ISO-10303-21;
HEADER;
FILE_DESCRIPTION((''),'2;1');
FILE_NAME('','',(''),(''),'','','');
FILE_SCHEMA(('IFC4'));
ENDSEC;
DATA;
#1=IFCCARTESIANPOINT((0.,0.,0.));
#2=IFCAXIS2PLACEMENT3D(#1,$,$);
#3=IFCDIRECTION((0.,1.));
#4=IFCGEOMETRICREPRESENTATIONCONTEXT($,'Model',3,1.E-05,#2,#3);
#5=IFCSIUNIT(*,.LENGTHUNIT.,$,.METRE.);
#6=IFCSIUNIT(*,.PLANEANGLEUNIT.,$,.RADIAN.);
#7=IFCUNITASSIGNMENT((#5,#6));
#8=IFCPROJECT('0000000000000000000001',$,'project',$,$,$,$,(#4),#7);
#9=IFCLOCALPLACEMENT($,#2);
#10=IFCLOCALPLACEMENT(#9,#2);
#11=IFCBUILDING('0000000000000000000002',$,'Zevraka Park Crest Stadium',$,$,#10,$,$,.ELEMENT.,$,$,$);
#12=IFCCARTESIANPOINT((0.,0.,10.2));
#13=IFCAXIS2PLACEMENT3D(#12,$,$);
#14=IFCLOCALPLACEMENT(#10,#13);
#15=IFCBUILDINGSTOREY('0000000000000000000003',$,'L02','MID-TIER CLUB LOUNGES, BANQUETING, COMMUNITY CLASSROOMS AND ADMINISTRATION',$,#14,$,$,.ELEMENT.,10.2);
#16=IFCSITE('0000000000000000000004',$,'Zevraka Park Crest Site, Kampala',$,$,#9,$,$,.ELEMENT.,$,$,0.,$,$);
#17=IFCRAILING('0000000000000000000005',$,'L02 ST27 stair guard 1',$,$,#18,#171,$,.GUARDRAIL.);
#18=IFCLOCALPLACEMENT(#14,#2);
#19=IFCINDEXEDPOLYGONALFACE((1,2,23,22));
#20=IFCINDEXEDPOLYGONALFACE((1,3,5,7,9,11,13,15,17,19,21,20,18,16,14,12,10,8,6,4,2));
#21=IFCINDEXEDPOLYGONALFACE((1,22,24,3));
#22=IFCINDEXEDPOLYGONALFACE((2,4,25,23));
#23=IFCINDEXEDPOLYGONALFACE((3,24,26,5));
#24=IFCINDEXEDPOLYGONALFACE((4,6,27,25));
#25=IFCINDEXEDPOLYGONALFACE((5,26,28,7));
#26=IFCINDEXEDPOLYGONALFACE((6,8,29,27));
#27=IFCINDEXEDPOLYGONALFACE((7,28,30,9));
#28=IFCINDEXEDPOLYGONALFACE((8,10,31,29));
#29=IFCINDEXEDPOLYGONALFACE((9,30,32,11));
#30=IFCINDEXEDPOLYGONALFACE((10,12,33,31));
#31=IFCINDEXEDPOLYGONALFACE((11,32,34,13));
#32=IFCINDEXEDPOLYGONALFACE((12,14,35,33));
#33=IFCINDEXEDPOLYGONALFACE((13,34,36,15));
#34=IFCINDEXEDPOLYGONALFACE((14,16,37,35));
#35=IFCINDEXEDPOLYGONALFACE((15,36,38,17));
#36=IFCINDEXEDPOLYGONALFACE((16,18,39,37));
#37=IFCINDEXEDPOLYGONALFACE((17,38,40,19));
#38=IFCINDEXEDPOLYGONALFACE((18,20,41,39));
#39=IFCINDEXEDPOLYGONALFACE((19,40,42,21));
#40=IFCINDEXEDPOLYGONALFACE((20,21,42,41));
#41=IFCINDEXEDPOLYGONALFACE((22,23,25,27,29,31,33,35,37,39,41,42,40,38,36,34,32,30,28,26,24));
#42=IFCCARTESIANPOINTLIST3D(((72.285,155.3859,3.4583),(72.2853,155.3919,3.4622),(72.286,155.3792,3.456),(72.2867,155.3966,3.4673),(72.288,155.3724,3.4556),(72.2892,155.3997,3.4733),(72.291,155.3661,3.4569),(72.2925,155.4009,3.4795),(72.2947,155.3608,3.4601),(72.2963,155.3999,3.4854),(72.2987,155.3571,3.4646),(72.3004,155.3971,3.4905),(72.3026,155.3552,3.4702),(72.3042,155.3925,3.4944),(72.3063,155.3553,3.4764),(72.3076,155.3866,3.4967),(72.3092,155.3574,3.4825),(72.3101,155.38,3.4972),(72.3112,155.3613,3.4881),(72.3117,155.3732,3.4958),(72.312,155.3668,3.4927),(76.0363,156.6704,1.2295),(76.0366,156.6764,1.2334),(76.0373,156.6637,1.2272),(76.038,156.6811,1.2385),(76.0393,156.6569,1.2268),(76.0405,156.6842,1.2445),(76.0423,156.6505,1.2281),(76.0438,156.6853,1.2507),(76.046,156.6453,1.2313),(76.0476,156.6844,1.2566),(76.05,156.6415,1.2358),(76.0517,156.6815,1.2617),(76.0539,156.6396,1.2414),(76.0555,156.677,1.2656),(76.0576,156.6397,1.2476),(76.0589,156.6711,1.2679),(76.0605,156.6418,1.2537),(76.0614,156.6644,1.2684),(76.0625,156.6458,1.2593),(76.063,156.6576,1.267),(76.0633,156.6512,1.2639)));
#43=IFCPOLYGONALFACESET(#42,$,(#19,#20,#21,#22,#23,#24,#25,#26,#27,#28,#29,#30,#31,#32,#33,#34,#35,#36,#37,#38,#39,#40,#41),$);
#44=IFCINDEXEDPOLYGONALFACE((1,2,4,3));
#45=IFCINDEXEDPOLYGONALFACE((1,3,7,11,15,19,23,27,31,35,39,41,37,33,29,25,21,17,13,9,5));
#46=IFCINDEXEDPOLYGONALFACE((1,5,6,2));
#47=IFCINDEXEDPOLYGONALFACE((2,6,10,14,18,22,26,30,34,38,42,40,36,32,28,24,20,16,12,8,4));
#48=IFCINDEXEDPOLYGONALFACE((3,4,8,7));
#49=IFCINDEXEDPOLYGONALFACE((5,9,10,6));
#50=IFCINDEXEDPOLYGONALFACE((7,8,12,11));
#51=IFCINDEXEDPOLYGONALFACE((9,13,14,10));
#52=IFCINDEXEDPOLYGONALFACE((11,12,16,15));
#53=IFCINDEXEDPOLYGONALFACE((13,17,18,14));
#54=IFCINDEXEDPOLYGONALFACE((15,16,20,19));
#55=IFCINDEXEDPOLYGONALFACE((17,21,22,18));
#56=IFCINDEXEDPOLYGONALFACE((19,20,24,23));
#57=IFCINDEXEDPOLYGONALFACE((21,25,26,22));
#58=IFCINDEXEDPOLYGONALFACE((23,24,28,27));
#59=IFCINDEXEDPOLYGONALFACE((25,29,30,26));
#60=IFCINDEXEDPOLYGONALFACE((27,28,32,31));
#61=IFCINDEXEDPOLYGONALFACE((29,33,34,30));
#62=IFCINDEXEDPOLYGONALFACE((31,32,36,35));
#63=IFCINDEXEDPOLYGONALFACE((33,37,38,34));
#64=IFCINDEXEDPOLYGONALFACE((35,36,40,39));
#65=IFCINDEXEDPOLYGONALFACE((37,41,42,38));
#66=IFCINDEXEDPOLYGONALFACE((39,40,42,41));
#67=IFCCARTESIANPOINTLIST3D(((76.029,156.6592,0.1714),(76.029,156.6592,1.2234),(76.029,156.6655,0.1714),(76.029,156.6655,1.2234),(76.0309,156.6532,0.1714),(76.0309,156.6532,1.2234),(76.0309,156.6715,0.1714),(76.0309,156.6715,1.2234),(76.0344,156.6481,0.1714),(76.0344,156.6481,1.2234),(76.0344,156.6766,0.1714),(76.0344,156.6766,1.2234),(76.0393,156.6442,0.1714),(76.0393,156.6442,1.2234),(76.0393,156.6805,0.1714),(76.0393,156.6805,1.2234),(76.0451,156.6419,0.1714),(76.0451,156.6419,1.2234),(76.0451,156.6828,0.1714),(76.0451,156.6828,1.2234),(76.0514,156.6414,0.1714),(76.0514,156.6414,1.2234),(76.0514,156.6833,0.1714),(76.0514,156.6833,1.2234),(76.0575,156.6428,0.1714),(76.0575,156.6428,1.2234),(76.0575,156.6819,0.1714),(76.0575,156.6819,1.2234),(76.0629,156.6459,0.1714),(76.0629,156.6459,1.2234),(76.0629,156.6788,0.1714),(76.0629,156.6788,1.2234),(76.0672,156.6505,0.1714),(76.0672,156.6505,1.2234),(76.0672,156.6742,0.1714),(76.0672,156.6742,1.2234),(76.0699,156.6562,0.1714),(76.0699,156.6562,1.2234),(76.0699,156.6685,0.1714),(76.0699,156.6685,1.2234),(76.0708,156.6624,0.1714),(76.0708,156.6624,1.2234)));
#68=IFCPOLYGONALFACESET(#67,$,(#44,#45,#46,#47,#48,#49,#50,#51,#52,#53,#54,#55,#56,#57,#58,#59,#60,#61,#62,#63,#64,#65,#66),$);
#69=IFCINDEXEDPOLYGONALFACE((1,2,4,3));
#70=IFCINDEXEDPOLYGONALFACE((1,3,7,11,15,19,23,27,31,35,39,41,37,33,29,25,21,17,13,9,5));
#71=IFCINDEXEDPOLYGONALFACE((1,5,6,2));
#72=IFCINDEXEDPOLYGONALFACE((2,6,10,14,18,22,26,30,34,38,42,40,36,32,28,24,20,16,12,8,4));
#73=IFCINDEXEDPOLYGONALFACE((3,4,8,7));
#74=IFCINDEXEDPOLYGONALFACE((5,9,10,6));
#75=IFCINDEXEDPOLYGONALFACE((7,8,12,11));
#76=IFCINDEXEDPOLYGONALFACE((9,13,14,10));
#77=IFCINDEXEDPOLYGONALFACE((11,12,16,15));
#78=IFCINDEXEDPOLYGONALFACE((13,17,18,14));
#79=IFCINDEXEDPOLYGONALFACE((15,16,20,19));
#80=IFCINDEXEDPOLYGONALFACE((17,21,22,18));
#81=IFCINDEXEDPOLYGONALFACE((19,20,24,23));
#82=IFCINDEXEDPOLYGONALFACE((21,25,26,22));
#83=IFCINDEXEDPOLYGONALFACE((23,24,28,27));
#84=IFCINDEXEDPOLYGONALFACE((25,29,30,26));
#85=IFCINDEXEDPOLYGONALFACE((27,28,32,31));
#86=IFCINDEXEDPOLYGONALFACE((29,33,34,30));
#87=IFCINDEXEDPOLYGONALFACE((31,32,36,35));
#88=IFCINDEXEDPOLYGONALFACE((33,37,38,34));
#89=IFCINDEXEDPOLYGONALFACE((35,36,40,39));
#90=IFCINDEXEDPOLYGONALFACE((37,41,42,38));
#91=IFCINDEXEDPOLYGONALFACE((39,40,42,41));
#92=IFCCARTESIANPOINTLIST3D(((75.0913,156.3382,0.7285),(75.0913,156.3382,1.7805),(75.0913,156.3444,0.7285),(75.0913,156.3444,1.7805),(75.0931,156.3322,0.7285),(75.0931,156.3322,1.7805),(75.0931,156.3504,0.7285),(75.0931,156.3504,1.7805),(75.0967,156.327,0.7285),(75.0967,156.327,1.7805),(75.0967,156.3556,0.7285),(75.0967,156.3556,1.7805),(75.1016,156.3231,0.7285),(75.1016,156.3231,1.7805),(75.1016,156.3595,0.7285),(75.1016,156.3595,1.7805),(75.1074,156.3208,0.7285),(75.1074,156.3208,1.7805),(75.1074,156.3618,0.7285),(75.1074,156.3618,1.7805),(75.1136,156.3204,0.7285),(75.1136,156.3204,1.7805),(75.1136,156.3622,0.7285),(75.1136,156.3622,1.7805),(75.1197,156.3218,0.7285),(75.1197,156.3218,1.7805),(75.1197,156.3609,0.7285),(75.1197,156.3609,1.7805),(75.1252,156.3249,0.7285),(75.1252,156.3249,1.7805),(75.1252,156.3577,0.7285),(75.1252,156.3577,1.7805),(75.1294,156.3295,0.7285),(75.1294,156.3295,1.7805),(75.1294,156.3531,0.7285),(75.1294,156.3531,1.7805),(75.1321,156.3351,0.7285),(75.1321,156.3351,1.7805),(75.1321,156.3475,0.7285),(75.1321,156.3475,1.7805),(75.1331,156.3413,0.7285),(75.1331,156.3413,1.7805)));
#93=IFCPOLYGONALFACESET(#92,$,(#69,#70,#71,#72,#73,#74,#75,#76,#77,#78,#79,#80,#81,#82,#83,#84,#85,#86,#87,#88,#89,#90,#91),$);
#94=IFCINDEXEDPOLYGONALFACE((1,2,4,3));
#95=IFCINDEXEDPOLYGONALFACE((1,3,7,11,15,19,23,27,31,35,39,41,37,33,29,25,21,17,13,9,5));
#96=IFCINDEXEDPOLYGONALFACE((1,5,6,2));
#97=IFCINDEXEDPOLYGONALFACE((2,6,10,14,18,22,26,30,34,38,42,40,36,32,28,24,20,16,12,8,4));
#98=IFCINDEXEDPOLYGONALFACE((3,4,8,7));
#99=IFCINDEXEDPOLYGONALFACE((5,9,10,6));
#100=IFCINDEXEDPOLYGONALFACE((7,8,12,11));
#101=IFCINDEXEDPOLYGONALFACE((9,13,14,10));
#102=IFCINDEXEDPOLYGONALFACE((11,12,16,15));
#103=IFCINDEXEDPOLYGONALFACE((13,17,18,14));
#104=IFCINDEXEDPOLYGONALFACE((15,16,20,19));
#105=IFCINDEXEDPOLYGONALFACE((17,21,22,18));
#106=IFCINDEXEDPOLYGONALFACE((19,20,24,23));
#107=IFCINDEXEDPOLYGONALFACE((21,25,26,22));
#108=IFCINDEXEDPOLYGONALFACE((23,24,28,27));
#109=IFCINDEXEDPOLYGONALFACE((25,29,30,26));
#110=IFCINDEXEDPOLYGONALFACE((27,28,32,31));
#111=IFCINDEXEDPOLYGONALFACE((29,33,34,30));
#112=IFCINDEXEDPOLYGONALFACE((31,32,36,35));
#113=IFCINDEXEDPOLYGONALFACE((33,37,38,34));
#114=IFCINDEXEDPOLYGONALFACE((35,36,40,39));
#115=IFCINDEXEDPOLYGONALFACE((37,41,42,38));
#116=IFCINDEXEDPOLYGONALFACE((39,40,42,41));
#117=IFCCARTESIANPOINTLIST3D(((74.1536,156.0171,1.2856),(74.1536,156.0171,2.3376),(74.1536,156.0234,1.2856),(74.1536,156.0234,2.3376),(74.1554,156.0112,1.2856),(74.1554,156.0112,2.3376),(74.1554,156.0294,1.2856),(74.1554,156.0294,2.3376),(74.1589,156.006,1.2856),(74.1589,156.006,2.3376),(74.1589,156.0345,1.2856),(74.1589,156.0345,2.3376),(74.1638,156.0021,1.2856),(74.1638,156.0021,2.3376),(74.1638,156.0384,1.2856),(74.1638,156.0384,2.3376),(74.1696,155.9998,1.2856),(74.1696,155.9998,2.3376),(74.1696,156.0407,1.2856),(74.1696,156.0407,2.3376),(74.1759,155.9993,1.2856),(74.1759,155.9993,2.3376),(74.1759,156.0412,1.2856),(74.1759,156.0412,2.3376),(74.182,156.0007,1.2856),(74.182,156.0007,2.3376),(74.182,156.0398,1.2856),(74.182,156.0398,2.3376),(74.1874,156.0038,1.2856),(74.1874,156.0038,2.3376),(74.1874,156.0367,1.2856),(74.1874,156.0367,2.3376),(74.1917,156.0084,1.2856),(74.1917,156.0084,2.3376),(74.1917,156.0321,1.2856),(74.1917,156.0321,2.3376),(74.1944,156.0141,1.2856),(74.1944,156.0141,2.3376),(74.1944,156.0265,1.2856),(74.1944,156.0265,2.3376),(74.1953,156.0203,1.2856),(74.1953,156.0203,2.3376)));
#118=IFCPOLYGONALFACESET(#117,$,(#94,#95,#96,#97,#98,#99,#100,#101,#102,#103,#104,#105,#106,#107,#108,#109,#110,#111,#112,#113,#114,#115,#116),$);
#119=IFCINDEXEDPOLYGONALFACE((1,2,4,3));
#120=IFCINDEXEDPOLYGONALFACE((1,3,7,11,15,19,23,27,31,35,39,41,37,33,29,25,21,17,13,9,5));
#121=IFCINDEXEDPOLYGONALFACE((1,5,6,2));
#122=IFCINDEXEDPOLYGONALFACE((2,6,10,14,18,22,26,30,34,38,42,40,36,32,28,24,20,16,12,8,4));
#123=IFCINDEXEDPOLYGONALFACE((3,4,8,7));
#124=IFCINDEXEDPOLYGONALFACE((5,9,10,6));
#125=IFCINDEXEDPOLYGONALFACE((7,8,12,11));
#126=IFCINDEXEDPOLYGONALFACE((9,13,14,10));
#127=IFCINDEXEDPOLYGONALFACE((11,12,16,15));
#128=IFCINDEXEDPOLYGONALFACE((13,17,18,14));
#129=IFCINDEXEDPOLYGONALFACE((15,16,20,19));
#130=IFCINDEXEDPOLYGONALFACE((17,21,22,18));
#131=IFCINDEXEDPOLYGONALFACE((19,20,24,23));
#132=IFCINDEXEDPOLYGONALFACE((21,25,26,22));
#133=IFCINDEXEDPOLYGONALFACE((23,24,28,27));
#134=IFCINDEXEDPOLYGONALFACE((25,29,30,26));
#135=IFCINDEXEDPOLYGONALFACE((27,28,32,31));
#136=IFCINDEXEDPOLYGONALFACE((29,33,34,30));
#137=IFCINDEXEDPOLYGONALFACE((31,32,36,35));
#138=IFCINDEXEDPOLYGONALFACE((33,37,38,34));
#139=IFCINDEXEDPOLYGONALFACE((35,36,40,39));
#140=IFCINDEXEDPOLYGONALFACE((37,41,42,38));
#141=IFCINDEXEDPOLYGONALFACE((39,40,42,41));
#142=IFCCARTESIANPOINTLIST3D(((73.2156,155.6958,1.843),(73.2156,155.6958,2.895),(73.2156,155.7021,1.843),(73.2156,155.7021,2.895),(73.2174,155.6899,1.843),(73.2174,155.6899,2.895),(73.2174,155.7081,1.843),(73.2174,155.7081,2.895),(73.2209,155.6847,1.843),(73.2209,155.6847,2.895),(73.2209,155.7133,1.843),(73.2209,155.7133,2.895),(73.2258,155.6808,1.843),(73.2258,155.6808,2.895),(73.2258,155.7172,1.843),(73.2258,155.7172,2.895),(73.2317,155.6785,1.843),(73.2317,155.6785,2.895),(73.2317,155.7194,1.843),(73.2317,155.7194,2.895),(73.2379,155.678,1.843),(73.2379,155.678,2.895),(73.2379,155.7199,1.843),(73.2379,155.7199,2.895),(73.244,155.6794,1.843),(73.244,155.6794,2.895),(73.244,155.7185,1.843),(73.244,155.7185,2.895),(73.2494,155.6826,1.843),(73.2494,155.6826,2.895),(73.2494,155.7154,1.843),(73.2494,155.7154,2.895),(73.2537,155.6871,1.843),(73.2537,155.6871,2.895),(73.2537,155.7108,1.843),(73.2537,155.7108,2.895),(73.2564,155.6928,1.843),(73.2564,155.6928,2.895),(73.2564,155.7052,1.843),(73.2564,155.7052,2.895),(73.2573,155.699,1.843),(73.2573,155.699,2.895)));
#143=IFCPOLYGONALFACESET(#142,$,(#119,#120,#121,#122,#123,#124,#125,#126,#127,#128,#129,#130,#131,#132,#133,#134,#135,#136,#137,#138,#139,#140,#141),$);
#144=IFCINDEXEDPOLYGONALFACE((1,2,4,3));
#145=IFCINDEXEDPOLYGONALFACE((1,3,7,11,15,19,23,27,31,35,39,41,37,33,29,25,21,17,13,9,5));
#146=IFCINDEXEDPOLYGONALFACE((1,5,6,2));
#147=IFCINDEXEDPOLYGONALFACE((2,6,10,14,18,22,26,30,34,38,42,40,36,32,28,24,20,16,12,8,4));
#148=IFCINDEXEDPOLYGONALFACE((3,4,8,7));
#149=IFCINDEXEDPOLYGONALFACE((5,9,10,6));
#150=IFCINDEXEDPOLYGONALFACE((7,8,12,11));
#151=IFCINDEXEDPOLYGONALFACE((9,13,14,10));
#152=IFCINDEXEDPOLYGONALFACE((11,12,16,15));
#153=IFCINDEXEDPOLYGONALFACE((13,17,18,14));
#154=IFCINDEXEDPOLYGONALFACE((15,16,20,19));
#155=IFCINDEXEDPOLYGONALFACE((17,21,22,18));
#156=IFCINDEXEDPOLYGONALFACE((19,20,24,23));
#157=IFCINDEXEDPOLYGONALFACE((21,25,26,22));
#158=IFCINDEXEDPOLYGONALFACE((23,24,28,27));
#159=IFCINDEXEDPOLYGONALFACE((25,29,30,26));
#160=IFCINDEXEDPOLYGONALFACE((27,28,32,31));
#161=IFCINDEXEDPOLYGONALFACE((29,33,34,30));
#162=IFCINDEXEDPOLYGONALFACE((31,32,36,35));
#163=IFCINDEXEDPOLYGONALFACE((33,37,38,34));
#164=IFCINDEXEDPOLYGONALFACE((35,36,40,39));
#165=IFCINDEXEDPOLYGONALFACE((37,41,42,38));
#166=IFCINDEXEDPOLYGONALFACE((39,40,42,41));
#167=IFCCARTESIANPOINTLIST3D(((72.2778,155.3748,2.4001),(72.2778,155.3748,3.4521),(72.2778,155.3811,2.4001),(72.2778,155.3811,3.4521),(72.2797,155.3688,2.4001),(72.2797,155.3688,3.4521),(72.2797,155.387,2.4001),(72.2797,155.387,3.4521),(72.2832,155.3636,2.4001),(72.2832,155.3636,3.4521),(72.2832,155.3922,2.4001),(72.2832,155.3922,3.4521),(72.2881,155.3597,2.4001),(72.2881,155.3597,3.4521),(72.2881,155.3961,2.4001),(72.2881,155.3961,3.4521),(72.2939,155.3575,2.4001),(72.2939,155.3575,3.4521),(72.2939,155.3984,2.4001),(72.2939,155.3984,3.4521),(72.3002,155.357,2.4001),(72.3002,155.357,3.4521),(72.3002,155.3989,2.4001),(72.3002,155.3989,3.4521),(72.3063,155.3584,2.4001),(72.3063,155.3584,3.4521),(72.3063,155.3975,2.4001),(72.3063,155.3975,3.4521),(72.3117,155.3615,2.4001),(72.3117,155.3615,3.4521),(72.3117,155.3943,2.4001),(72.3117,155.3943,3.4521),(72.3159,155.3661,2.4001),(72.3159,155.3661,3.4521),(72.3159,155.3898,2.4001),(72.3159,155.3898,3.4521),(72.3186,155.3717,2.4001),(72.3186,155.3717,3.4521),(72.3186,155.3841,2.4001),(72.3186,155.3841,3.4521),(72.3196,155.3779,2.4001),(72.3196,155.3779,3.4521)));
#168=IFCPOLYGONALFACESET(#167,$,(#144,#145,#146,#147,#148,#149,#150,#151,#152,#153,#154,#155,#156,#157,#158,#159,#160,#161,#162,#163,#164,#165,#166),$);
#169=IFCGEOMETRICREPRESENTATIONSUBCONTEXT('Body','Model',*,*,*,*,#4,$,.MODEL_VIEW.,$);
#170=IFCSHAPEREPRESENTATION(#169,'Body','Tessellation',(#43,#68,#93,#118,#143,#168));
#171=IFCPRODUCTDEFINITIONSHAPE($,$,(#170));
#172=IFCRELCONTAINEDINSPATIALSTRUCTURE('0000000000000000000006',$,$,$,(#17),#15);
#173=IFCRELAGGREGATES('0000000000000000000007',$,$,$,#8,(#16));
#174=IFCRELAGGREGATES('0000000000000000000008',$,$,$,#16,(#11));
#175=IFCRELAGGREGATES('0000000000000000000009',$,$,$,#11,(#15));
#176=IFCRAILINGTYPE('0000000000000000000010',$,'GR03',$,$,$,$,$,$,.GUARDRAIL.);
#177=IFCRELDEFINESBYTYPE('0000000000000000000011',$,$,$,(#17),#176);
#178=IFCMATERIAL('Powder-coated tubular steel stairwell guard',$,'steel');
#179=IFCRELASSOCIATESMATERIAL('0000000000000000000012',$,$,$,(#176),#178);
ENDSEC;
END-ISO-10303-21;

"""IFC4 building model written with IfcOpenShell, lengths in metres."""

from ifc_helpers import new_model, si_unit, direction, frame, origin, origin_2d, place, context, subcontext, project, spatial, circle, extrude, material, type_object, element, save


model = new_model("IFC4")

# Units and contexts
model_context = context("Model", 3, precision=1e-05, world=origin(), true_north=direction((0.0, 1.0)))
body_context = subcontext(model_context, "Body", "Model", "MODEL_VIEW")
ifc_project = project(units=[si_unit("LENGTHUNIT", "METRE"), si_unit("PLANEANGLEUNIT", "RADIAN")], contexts=[model_context])

# Site, building, storey
site_placement = place(None, origin())
site = spatial("IfcSite", under=ifc_project, at=site_placement, Name="Zevraka Park Crest Site, Kampala", CompositionType="ELEMENT", RefElevation=0.0)
building_placement = place(site_placement, origin())
building = spatial("IfcBuilding", under=site, at=building_placement, Name="Zevraka Park Crest Stadium", CompositionType="ELEMENT")
storey_placement = place(building_placement, frame((0.0, 0.0, 10.2)))
storey = spatial("IfcBuildingStorey", under=building, at=storey_placement, Name="L02", Description="MID-TIER CLUB LOUNGES, BANQUETING, COMMUNITY CLASSROOMS AND ADMINISTRATION", CompositionType="ELEMENT", Elevation=10.2)

# Railing
ifc_material_1 = material(Name="Powder-coated tubular steel stairwell guard", Category="steel")
railing_type_1 = type_object("IfcRailingType", Name="GR03", PredefinedType="GUARDRAIL", material=ifc_material_1)
railing_1_placement = place(storey_placement, frame((76.0498, 156.6624, 0.1714)))
element("IfcRailing", 1, at=railing_1_placement, inside=storey, type_object=railing_type_1, Name="L02 ST27 stair guard 1", PredefinedType="GUARDRAIL", context=body_context, shape_type="SweptSolid", body=[
    extrude(circle(Radius=0.0239, at=origin_2d()), frame((0.0, 0.0, 1.0762), z_axis=(-0.824718, -0.282385, 0.49), x_axis=(0.323939, -0.946078, 0.0)), (0.0, 0.0, 1.0), 4.5486),
    extrude(circle(Radius=0.021, at=origin_2d()), origin(), (0.0, 0.0, 1.0), 1.052),
    extrude(circle(Radius=0.021, at=origin_2d()), frame((-0.9377, -0.321, 0.5571)), (0.0, 0.0, 1.0), 1.052),
    extrude(circle(Radius=0.021, at=origin_2d()), frame((-1.8755, -0.6421, 1.1143)), (0.0, 0.0, 1.0), 1.052),
    extrude(circle(Radius=0.021, at=origin_2d()), frame((-2.8135, -0.9634, 1.6716)), (0.0, 0.0, 1.0), 1.052),
    extrude(circle(Radius=0.021, at=origin_2d()), frame((-3.7512, -1.2844, 2.2288)), (0.0, 0.0, 1.0), 1.052),
])

save(model, "model.ifc")
